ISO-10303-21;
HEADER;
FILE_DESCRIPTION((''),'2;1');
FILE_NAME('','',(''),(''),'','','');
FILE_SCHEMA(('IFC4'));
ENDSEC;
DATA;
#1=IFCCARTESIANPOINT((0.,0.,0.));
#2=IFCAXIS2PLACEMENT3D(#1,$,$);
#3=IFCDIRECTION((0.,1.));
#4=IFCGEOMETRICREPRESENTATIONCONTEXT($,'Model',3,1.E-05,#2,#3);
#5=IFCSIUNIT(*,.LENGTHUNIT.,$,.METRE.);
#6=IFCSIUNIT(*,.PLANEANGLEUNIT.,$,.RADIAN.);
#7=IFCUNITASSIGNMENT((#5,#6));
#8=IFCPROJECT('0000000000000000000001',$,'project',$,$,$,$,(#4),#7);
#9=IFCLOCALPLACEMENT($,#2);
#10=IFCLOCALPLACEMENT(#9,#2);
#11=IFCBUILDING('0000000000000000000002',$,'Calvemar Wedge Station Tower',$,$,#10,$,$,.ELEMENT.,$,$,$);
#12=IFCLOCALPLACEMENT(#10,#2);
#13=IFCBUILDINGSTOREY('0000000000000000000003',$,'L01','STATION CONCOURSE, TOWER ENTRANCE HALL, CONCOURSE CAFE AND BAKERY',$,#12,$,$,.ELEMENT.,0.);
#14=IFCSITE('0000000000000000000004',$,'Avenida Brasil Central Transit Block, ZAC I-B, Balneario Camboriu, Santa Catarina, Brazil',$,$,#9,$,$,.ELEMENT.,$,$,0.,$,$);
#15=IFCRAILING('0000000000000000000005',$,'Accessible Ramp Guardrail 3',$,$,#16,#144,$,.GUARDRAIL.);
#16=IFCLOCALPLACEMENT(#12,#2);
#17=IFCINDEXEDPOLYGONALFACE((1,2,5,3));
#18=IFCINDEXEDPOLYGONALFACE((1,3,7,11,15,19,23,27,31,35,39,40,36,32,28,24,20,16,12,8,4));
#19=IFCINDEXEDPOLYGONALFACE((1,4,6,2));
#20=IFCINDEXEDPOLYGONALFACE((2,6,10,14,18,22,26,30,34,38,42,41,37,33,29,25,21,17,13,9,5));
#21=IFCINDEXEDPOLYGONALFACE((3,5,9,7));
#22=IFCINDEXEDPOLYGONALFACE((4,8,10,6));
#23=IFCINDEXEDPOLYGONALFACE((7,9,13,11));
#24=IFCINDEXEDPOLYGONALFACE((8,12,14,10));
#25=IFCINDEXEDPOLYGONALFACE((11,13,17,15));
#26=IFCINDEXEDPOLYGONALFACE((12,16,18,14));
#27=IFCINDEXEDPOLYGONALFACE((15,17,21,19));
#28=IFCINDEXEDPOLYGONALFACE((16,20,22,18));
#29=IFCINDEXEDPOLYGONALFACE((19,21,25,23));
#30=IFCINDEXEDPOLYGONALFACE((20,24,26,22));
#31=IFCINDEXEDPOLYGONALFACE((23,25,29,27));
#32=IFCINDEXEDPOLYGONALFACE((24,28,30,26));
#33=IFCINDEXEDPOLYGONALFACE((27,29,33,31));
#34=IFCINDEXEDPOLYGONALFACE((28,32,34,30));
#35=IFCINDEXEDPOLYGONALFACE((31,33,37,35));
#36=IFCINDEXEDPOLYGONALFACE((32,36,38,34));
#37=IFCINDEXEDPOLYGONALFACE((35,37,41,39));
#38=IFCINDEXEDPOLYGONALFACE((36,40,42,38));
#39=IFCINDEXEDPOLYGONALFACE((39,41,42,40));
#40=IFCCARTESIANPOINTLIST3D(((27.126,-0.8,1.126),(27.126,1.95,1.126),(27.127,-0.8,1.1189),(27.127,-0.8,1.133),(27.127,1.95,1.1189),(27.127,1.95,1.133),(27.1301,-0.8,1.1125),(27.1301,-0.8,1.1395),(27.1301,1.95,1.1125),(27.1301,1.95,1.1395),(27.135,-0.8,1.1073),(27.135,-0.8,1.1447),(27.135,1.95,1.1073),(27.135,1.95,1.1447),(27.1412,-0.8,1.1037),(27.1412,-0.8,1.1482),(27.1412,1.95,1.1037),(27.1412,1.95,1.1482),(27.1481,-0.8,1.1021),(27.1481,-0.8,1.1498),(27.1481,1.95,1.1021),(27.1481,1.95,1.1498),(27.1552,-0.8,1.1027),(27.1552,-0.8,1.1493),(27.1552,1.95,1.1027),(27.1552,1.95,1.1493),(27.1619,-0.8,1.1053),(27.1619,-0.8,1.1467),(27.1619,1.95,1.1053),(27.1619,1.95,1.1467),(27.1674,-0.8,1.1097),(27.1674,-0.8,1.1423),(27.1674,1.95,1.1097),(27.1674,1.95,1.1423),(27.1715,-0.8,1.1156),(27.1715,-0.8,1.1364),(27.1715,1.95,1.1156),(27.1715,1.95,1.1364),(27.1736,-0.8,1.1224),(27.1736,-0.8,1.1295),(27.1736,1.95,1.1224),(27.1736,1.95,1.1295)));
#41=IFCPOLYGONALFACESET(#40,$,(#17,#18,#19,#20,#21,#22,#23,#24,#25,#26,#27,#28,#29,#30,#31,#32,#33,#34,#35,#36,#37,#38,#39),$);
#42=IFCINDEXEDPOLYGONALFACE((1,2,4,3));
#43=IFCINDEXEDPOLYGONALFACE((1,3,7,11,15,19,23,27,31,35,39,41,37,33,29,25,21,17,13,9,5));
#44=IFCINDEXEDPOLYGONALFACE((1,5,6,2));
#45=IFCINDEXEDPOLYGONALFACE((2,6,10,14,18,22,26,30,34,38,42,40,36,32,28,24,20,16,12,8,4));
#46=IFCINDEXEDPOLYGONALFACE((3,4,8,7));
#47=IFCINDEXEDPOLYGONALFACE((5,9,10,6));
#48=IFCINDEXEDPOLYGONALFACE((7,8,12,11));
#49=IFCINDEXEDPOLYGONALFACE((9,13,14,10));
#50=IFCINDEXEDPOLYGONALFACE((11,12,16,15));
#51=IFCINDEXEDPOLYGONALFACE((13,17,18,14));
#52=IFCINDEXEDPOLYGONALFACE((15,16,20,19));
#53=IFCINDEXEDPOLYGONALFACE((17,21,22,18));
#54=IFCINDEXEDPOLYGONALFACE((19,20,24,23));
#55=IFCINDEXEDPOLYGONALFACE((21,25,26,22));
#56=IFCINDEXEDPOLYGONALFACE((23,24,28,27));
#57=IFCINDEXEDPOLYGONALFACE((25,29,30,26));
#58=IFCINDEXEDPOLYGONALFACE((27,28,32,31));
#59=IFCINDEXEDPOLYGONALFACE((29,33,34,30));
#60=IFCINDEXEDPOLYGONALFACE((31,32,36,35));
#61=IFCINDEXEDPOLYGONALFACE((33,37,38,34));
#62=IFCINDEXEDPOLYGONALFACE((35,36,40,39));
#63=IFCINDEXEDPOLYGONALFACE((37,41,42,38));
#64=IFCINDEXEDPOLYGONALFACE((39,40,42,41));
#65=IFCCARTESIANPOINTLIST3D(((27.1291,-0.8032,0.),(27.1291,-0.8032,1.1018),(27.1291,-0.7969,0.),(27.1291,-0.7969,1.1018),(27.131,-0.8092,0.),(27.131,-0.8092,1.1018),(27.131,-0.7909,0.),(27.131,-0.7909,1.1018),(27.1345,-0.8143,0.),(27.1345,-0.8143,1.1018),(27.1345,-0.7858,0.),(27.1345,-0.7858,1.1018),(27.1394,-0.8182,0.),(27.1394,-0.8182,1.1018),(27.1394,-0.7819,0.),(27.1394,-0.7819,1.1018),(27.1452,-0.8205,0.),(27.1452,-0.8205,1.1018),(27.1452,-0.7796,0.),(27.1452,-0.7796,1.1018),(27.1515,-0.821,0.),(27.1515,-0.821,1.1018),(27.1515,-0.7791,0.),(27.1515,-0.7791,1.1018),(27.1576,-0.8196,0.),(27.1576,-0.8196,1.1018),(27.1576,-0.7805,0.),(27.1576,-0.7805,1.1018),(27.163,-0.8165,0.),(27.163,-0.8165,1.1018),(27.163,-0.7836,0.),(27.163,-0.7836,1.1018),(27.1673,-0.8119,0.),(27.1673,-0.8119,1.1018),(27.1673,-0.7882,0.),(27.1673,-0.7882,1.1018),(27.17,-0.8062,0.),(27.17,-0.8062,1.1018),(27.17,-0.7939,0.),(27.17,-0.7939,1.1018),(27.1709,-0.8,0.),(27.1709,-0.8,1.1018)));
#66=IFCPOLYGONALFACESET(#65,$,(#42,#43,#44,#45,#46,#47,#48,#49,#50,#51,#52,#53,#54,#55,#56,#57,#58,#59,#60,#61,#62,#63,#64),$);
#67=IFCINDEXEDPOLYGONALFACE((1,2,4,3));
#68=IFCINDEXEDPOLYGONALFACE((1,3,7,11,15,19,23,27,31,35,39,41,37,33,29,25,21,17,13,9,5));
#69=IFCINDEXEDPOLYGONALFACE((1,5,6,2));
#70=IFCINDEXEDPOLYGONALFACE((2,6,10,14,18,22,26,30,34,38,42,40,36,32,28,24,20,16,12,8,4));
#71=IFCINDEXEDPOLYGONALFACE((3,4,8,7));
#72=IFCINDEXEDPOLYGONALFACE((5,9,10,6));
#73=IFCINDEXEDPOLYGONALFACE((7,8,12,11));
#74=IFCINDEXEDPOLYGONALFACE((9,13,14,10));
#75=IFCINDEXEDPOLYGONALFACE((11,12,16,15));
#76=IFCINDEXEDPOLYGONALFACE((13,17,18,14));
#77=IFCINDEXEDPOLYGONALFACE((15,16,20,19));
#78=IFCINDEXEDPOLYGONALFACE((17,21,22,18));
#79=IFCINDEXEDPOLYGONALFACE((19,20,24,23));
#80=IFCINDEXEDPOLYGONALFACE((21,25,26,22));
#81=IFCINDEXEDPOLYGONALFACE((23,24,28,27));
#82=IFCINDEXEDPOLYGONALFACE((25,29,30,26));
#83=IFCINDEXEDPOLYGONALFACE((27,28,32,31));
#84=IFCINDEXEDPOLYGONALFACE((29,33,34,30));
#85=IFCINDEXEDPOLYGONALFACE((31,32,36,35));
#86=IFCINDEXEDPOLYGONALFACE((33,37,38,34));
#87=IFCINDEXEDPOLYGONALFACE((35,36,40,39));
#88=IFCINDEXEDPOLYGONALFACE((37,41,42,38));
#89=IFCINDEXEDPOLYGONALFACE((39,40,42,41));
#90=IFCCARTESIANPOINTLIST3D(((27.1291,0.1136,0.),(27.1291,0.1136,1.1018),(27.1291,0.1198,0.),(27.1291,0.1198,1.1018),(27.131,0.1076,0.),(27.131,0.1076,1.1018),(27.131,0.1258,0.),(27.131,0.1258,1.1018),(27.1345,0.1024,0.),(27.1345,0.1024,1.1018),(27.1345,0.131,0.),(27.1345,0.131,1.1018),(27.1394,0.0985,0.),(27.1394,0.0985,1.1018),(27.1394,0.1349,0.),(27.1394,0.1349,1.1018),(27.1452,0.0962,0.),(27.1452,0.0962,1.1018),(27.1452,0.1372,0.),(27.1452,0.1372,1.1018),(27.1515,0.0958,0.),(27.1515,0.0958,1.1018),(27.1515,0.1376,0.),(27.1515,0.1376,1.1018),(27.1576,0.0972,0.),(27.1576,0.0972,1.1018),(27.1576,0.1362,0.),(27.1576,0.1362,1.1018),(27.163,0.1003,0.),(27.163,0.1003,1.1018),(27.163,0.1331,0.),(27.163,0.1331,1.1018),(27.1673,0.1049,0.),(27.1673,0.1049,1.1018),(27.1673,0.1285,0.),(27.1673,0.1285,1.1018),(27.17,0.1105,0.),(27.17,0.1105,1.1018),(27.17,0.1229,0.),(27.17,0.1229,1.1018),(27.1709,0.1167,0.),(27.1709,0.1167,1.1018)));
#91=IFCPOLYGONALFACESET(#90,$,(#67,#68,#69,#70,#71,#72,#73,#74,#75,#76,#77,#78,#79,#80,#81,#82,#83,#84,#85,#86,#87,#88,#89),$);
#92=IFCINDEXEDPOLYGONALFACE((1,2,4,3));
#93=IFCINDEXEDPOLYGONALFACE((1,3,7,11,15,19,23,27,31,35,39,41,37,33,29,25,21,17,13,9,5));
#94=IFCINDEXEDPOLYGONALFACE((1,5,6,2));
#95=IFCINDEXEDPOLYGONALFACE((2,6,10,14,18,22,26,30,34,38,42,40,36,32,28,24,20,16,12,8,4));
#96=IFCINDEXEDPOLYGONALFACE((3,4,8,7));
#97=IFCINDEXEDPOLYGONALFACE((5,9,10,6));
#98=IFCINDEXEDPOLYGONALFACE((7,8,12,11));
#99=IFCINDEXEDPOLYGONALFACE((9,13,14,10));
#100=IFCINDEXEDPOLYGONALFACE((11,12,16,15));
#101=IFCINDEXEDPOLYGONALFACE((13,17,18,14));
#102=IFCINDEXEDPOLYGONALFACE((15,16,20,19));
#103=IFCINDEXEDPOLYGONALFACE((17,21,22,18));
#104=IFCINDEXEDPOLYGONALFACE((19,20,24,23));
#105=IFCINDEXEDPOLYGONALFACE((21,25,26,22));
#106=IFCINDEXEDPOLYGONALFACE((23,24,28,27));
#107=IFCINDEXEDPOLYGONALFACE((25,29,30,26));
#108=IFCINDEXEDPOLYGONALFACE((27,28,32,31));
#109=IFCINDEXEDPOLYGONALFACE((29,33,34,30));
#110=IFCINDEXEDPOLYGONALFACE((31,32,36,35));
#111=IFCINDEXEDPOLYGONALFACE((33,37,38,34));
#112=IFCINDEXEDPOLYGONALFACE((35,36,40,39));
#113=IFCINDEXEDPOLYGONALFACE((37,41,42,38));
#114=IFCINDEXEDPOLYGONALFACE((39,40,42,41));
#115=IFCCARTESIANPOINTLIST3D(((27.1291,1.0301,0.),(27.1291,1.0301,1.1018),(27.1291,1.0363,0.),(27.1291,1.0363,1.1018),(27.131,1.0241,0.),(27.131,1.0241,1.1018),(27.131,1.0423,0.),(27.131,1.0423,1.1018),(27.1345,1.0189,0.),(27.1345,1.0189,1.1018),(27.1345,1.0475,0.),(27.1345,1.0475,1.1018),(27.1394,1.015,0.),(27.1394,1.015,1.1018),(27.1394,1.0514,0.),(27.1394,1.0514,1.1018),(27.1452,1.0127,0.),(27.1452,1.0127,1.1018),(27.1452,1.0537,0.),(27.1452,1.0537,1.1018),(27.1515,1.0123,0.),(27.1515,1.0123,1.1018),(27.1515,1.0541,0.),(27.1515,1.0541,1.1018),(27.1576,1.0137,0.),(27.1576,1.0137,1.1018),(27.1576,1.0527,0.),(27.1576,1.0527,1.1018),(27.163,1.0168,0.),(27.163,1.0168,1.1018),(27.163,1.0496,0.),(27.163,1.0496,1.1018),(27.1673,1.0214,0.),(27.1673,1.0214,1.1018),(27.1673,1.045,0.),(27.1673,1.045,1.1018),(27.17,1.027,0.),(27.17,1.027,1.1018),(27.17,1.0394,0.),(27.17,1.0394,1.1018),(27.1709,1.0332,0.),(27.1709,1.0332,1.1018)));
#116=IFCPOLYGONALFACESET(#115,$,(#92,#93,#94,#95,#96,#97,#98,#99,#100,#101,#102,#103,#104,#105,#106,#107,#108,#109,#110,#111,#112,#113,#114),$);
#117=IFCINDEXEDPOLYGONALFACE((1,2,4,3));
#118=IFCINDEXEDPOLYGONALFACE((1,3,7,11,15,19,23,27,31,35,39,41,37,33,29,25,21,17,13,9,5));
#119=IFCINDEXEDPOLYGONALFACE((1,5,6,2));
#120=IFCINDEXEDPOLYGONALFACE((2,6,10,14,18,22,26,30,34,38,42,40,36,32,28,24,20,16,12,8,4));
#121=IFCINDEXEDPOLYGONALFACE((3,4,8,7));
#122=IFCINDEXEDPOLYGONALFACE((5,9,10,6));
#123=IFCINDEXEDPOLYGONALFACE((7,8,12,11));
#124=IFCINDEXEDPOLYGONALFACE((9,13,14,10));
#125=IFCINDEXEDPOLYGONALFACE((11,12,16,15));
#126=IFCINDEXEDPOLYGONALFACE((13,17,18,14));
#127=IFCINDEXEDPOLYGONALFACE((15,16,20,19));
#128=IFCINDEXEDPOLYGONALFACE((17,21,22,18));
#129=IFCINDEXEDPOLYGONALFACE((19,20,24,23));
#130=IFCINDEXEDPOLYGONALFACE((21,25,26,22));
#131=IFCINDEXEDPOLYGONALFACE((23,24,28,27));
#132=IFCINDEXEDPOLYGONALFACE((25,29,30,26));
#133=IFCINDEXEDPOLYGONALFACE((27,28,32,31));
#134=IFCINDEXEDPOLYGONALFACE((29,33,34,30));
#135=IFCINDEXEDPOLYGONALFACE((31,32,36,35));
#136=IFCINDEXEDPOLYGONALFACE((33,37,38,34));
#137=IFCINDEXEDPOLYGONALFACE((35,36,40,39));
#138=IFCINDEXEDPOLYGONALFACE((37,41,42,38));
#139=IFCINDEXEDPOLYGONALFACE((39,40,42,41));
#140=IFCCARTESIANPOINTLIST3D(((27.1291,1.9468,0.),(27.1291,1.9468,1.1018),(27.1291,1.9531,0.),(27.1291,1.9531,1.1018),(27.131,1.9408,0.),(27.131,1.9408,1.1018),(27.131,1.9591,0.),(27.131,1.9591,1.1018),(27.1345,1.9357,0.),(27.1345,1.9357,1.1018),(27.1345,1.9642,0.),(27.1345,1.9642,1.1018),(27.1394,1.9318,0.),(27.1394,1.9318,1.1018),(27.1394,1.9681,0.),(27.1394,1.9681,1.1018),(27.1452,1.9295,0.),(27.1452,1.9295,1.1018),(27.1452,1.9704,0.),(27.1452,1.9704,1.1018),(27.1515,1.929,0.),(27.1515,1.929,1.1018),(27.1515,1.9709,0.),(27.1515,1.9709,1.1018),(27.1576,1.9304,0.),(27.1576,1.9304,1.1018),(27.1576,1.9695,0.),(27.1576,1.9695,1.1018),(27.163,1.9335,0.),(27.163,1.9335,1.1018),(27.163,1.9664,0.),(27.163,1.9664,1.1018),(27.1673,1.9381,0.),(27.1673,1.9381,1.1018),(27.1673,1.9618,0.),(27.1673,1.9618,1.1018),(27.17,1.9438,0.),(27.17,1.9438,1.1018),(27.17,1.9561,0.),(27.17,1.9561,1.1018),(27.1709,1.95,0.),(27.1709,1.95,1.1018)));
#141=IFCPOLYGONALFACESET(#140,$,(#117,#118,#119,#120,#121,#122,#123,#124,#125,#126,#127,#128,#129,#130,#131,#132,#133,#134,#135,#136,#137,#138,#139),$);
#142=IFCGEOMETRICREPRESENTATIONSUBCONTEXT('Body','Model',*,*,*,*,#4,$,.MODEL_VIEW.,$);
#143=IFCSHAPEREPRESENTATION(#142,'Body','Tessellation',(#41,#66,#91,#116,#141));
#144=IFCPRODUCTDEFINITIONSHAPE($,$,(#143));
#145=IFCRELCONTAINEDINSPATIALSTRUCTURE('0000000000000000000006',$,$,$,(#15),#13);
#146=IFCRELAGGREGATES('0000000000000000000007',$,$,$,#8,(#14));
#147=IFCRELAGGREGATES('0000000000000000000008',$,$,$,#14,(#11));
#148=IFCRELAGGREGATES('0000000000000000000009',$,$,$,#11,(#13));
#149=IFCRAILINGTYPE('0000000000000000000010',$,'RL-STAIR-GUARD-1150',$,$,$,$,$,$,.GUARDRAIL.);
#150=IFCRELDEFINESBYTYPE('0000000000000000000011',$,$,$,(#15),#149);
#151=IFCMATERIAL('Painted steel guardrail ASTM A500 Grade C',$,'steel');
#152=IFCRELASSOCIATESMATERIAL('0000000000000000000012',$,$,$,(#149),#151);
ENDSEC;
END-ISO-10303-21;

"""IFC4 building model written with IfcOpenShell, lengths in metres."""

from ifc_helpers import new_model, si_unit, direction, frame, origin, origin_2d, place, context, subcontext, project, spatial, circle, extrude, material, type_object, element, save


model = new_model("IFC4")

# Units and contexts
model_context = context("Model", 3, precision=1e-05, world=origin(), true_north=direction((0.0, 1.0)))
body_context = subcontext(model_context, "Body", "Model", "MODEL_VIEW")
ifc_project = project(units=[si_unit("LENGTHUNIT", "METRE"), si_unit("PLANEANGLEUNIT", "RADIAN")], contexts=[model_context])

# Site, building, storey
site_placement = place(None, origin())
site = spatial("IfcSite", under=ifc_project, at=site_placement, Name="Avenida Brasil Central Transit Block, ZAC I-B, Balneario Camboriu, Santa Catarina, Brazil", CompositionType="ELEMENT", RefElevation=0.0)
building_placement = place(site_placement, origin())
building = spatial("IfcBuilding", under=site, at=building_placement, Name="Calvemar Wedge Station Tower", CompositionType="ELEMENT")
storey_placement = place(building_placement, origin())
storey = spatial("IfcBuildingStorey", under=building, at=storey_placement, Name="L01", Description="STATION CONCOURSE, TOWER ENTRANCE HALL, CONCOURSE CAFE AND BAKERY", CompositionType="ELEMENT", Elevation=0.0)

# Railing
ifc_material_1 = material(Name="Painted steel guardrail ASTM A500 Grade C", Category="steel")
railing_type_1 = type_object("IfcRailingType", Name="RL-STAIR-GUARD-1150", PredefinedType="GUARDRAIL", material=ifc_material_1)
for number, where, name in (
    (1, (27.1499, -0.8, 0.0), "Accessible Ramp Guardrail 3"),
):
    element("IfcRailing", number, at=place(storey_placement, frame(where)), inside=storey, type_object=railing_type_1, Name=name, PredefinedType="GUARDRAIL", context=body_context, shape_type="SweptSolid", body=[
        extrude(circle(Radius=0.0239, at=origin_2d()), frame((0.0, 0.0, 1.126), z_axis=(0.0, 1.0, 0.0), x_axis=(-1.0, 0.0, 0.0)), (0.0, 0.0, 1.0), 2.75),
        extrude(circle(Radius=0.021, at=origin_2d()), origin(), (0.0, 0.0, 1.0), 1.1018),
        extrude(circle(Radius=0.021, at=origin_2d()), frame((0.0, 0.9167, 0.0)), (0.0, 0.0, 1.0), 1.1018),
        extrude(circle(Radius=0.021, at=origin_2d()), frame((0.0, 1.8333, 0.0)), (0.0, 0.0, 1.0), 1.1018),
        extrude(circle(Radius=0.021, at=origin_2d()), frame((0.0, 2.75, 0.0)), (0.0, 0.0, 1.0), 1.1018),
    ])

save(model, "model.ifc")
